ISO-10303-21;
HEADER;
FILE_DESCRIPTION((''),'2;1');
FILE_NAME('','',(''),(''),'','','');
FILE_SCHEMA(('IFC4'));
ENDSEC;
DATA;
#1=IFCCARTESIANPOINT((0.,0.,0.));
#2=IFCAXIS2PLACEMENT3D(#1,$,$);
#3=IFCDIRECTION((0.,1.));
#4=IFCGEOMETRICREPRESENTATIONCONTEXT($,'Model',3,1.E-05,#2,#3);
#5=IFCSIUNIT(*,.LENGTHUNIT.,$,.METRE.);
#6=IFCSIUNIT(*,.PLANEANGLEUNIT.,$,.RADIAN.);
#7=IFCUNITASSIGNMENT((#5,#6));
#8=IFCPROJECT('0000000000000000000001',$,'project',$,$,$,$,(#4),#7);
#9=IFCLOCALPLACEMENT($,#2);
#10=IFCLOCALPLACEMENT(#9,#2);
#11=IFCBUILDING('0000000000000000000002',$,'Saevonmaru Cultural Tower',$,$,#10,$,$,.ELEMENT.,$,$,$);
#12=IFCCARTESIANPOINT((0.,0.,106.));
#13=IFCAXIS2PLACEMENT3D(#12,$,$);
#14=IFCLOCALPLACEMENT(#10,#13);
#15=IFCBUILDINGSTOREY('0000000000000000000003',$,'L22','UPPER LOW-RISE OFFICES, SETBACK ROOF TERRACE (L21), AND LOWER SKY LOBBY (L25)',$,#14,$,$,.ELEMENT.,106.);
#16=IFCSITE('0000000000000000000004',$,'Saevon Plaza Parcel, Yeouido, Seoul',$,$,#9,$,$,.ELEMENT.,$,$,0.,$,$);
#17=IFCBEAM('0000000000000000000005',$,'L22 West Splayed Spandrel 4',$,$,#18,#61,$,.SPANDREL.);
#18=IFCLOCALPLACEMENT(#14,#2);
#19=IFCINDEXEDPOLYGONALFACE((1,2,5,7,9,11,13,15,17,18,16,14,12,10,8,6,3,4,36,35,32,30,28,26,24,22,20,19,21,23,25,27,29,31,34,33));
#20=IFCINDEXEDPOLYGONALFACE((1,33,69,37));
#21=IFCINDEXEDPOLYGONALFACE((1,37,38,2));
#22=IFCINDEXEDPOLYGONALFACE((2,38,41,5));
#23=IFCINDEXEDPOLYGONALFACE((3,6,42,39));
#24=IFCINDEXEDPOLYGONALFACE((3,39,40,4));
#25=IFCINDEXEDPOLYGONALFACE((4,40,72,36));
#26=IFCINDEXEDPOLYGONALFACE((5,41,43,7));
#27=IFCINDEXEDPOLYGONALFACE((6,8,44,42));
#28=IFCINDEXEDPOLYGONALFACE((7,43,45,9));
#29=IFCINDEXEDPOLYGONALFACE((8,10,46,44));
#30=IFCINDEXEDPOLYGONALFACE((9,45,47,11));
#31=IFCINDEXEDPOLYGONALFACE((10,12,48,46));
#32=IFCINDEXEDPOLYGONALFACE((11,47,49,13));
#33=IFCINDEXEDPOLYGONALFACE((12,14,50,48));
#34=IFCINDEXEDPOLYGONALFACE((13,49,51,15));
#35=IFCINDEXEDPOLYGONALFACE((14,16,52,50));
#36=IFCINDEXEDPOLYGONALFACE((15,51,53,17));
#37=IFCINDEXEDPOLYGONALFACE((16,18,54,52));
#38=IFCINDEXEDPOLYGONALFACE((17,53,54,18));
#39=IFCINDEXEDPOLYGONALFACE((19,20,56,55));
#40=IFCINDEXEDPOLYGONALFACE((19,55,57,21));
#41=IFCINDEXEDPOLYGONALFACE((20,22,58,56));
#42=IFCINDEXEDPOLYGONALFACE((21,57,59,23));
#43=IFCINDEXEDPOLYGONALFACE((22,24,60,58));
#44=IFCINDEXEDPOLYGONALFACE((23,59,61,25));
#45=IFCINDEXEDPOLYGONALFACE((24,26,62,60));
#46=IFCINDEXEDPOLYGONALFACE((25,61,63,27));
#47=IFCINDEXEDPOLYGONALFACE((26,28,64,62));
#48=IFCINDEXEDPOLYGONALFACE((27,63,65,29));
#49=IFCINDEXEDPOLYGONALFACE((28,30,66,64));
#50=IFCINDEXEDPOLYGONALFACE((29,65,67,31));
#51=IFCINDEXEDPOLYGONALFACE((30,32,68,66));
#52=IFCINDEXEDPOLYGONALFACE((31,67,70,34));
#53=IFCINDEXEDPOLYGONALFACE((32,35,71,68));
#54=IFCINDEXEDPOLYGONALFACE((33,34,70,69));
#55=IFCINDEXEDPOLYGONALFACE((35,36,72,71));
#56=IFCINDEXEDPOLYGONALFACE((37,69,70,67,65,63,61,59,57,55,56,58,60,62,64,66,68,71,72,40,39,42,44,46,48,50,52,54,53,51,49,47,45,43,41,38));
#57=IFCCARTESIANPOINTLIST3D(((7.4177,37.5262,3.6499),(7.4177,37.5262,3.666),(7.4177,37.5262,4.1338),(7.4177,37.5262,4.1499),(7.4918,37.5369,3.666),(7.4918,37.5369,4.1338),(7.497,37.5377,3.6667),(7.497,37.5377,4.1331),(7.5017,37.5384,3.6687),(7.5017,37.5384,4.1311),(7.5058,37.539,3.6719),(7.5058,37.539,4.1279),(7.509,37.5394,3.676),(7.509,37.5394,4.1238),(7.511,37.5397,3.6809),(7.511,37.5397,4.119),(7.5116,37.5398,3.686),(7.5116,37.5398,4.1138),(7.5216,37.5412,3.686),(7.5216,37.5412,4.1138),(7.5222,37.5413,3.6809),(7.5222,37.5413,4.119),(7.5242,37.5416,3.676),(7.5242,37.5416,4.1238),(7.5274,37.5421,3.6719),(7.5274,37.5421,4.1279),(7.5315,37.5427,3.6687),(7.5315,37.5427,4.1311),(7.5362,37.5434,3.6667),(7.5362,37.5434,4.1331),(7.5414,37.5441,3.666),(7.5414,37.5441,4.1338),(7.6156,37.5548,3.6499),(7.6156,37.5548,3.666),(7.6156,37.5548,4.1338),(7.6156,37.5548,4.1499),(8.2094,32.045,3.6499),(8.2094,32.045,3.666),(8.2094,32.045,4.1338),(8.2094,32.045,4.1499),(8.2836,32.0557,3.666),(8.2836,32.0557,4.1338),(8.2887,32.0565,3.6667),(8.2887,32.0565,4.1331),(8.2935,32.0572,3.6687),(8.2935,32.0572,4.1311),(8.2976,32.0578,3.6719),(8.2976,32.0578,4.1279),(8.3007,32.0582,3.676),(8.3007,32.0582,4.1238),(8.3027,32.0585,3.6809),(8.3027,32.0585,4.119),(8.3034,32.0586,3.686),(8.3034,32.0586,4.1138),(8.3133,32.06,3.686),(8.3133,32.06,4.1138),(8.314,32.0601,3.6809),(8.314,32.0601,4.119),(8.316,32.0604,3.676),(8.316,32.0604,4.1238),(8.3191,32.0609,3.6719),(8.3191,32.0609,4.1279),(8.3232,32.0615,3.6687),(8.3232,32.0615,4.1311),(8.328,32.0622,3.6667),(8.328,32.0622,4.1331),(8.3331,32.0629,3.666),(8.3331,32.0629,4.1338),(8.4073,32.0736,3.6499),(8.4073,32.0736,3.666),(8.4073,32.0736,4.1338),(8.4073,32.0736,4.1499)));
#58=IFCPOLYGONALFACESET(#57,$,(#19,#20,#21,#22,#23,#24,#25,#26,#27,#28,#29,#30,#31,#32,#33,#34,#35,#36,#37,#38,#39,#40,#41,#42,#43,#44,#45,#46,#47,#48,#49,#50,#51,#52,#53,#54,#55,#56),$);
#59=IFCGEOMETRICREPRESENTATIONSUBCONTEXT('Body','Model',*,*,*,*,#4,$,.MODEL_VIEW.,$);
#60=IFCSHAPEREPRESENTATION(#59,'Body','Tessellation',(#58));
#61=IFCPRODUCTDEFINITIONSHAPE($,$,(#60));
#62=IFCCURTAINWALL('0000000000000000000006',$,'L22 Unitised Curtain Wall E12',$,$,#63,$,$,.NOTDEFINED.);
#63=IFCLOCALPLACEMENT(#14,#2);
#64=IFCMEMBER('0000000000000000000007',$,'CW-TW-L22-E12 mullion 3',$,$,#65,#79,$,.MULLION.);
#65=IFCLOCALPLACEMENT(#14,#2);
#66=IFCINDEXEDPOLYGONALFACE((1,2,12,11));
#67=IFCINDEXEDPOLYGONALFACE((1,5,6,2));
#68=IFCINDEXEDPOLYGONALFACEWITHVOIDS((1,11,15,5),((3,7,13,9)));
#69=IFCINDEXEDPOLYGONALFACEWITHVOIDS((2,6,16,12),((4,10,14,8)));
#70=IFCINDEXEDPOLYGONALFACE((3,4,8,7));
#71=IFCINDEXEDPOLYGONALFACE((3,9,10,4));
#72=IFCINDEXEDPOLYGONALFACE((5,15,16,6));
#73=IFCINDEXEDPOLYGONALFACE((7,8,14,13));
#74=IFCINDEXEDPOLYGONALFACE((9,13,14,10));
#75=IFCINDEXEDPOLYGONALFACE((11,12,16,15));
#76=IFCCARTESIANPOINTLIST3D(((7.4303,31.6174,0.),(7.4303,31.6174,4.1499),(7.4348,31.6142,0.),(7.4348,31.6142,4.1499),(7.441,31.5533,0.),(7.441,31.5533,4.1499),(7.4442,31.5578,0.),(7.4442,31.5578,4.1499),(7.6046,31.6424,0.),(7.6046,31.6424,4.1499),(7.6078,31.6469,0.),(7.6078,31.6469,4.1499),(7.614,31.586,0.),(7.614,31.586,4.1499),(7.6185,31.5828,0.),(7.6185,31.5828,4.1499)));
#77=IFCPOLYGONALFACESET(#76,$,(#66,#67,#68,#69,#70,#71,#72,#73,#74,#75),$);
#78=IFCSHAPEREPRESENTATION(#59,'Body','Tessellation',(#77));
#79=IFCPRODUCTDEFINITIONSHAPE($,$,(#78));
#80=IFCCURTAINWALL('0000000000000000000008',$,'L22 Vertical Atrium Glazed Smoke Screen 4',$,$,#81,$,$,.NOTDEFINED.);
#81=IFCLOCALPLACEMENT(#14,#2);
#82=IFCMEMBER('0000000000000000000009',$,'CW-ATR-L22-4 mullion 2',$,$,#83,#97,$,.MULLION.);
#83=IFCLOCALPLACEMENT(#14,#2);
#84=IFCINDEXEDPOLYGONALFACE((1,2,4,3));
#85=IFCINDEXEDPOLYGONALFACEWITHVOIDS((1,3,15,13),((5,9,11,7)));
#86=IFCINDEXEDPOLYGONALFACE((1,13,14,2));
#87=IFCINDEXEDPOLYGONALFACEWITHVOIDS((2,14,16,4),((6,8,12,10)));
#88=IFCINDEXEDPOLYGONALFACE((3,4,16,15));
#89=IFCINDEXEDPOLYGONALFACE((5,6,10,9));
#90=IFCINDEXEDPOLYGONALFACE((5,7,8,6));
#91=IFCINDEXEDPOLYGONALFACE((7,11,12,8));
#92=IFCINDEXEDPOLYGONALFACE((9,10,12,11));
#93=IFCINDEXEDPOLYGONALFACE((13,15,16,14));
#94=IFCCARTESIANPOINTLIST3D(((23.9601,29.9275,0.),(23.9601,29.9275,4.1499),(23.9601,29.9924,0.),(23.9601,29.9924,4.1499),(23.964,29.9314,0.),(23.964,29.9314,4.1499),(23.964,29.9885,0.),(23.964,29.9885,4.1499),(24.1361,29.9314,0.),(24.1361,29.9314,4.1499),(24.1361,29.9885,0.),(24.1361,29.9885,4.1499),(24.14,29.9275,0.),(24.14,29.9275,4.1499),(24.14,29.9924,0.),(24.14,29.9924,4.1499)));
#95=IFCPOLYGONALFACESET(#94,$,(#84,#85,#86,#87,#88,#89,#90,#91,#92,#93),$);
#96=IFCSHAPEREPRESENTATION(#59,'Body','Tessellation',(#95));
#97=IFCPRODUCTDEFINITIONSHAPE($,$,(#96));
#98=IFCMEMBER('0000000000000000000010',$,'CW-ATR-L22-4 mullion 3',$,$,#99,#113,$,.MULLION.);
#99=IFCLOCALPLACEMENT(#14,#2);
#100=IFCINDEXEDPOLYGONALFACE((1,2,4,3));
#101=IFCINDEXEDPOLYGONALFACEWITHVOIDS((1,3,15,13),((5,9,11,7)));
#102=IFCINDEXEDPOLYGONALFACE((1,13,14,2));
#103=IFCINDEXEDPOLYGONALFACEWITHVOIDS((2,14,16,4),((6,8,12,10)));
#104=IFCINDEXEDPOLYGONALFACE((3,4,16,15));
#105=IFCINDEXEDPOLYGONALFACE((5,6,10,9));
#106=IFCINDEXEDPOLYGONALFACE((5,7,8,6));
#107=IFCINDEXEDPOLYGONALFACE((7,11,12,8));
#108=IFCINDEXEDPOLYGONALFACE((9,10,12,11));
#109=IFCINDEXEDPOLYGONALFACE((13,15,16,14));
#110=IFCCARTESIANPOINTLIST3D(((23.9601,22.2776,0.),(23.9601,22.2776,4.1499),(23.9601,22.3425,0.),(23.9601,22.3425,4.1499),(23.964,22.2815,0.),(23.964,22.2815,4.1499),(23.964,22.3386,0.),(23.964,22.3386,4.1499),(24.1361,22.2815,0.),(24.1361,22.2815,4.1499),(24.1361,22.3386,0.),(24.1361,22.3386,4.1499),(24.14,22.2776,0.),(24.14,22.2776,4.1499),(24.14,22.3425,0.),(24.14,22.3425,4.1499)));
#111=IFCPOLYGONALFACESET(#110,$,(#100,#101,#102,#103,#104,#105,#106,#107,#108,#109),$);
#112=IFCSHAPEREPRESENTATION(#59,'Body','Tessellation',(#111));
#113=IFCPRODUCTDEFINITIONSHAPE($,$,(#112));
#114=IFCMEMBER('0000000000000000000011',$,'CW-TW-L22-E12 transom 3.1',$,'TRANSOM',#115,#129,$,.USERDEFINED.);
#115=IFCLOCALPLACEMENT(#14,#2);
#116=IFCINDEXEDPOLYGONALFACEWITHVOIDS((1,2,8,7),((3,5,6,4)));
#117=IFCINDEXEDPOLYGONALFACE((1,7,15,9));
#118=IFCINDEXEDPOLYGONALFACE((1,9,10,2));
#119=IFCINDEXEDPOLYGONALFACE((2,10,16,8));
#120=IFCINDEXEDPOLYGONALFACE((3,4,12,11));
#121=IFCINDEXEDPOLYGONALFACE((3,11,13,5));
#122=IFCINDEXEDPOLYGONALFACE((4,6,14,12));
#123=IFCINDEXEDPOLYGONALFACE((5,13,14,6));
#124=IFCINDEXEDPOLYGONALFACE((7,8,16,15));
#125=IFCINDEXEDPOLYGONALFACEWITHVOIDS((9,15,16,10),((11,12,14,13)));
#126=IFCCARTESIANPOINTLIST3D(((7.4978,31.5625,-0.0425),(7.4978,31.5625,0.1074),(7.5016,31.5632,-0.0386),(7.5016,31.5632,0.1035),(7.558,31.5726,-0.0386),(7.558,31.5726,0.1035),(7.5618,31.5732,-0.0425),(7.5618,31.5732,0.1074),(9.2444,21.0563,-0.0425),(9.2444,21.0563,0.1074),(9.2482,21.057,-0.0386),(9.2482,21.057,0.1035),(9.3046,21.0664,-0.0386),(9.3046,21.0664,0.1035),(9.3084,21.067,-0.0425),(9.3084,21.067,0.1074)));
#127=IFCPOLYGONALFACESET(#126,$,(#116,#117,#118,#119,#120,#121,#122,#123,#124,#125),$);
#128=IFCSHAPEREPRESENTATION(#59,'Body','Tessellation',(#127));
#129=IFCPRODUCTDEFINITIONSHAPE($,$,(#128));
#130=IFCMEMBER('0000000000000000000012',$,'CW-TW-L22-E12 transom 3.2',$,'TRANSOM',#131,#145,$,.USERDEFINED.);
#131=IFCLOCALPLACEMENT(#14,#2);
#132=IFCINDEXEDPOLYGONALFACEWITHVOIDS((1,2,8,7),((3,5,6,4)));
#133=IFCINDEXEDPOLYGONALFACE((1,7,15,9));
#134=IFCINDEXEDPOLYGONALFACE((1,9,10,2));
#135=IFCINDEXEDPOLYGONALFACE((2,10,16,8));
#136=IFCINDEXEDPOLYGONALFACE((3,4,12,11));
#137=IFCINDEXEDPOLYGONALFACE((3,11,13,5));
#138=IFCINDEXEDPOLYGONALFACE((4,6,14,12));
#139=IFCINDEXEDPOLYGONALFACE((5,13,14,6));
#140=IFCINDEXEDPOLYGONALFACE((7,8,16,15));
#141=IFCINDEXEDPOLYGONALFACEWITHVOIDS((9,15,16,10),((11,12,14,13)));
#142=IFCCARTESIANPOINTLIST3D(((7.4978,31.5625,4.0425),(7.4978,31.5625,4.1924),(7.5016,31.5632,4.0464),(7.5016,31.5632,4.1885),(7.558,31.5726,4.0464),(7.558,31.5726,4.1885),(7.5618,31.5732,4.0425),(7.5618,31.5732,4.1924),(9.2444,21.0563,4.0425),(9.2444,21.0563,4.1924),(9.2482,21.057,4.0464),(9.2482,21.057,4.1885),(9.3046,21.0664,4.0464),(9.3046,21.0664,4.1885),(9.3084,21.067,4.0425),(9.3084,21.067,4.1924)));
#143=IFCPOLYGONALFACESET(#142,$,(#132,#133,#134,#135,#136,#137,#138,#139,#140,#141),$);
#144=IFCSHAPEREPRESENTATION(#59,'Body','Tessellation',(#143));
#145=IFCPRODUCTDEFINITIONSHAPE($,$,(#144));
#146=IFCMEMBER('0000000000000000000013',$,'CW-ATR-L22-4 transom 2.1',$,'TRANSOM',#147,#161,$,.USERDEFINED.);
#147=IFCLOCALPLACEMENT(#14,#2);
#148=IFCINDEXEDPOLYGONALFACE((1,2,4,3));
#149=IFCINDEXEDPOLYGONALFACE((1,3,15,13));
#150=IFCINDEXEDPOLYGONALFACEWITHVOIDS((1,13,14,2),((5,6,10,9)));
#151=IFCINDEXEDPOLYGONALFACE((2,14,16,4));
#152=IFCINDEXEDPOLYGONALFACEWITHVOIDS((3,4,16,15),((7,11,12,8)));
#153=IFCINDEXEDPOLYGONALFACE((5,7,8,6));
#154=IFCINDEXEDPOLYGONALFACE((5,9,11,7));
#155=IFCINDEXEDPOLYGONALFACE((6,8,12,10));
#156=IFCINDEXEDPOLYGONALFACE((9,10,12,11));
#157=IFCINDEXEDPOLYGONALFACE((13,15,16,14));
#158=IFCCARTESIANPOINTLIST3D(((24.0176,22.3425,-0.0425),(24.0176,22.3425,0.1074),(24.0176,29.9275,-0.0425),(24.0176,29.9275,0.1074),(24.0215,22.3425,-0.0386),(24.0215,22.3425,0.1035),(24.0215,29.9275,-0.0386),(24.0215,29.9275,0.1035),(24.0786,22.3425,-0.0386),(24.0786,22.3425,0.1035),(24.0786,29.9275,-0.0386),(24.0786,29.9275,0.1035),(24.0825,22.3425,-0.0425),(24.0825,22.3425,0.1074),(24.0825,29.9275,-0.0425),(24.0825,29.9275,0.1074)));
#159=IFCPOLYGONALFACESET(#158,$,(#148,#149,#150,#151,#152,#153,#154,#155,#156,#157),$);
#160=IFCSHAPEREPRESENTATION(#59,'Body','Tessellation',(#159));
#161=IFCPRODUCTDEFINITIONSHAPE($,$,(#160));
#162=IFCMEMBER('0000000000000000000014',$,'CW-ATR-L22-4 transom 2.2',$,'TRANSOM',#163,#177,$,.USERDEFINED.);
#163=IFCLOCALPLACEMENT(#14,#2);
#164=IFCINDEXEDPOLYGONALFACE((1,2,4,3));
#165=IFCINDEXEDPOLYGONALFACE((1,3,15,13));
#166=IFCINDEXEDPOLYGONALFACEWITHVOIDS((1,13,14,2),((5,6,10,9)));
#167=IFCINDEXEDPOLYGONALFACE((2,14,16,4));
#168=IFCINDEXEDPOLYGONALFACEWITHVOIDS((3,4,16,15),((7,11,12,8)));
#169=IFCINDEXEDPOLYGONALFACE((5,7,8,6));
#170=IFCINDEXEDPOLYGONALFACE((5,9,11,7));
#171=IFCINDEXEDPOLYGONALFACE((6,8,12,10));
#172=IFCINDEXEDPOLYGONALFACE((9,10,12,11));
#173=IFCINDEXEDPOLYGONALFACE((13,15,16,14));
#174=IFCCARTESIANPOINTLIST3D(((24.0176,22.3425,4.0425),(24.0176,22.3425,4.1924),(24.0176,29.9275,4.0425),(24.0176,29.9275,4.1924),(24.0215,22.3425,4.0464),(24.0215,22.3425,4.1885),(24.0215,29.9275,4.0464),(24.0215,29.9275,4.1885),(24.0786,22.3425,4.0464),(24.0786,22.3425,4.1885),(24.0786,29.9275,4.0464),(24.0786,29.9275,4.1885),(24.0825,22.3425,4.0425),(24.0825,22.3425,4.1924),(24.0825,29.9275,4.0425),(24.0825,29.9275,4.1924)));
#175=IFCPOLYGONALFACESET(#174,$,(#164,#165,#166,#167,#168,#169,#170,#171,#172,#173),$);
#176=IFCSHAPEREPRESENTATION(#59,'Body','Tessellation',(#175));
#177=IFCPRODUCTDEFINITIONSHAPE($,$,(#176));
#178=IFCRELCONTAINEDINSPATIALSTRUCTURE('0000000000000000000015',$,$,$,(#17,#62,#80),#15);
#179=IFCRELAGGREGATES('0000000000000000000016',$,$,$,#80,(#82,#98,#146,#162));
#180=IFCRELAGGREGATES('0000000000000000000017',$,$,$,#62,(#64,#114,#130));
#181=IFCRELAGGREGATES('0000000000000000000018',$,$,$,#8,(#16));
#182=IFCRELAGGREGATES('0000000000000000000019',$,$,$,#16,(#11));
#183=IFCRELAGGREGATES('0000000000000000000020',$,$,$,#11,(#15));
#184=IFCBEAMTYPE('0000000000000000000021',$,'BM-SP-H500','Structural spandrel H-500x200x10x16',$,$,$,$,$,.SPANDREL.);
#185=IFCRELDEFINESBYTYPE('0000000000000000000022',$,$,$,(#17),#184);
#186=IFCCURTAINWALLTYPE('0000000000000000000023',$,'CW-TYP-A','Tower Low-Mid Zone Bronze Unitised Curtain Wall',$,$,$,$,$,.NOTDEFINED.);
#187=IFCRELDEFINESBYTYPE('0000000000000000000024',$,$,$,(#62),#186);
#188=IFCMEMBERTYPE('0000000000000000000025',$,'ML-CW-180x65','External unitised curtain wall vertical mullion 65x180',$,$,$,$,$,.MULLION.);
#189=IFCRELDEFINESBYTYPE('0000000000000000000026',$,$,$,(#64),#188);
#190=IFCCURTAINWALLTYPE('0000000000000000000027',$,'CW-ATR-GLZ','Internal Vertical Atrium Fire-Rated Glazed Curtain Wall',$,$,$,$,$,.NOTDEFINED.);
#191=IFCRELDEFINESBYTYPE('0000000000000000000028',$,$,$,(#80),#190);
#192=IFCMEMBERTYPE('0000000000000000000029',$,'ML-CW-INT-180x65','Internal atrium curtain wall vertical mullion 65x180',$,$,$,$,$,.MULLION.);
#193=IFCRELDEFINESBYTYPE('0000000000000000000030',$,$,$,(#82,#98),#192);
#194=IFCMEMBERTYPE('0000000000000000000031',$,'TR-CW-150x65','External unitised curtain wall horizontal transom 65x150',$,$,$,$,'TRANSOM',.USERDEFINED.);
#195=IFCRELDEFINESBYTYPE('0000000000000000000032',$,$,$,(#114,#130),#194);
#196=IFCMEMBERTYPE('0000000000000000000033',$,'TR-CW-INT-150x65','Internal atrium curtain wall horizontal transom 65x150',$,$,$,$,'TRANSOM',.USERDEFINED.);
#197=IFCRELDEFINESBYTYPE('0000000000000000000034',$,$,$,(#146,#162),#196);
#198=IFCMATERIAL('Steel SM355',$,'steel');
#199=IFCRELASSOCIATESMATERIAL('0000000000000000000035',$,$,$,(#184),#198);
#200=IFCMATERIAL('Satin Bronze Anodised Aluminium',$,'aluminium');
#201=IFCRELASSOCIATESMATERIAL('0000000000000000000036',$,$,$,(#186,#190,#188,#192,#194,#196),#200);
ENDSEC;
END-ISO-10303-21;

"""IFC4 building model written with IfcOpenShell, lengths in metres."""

from ifc_helpers import new_model, si_unit, direction, frame, origin, origin_2d, place, context, subcontext, project, spatial, hollow_rectangle, i_section, extrude, material, material_profile, profile_set, type_object, element, aggregate, save


model = new_model("IFC4")

# Units and contexts
model_context = context("Model", 3, precision=1e-05, world=origin(), true_north=direction((0.0, 1.0)))
body_context = subcontext(model_context, "Body", "Model", "MODEL_VIEW")
ifc_project = project(units=[si_unit("LENGTHUNIT", "METRE"), si_unit("PLANEANGLEUNIT", "RADIAN")], contexts=[model_context])

# Site, building, storey
site_placement = place(None, origin())
site = spatial("IfcSite", under=ifc_project, at=site_placement, Name="Saevon Plaza Parcel, Yeouido, Seoul", CompositionType="ELEMENT", RefElevation=0.0)
building_placement = place(site_placement, origin())
building = spatial("IfcBuilding", under=site, at=building_placement, Name="Saevonmaru Cultural Tower", CompositionType="ELEMENT")
storey_placement = place(building_placement, frame((0.0, 0.0, 106.0)))
storey = spatial("IfcBuildingStorey", under=building, at=storey_placement, Name="L22", Description="UPPER LOW-RISE OFFICES, SETBACK ROOF TERRACE (L21), AND LOWER SKY LOBBY (L25)", CompositionType="ELEMENT", Elevation=106.0)

# Shared definitions
ifc_material_1 = material(Name="Steel SM355", Category="steel")

# Beam
ifc_material_profile_1 = material_profile(ifc_material_1, i_section(OverallWidth=0.2, OverallDepth=0.5, WebThickness=0.01, FlangeThickness=0.0161, FilletRadius=0.02, at=origin_2d()), Name="H-500x200x10x16")
ifc_profile_set_1 = profile_set([ifc_material_profile_1], Name="Steel SM355")
beam_type_1 = type_object("IfcBeamType", Name="BM-SP-H500", Description="Structural spandrel H-500x200x10x16", PredefinedType="SPANDREL", material=ifc_profile_set_1)
beam_1_placement = place(storey_placement, frame((8.3083, 32.0593, 3.8999), z_axis=(-0.142964, 0.989728, 0.0), x_axis=(-0.989728, -0.142964, 0.0)))
element("IfcBeam", 1, at=beam_1_placement, inside=storey, type_object=beam_type_1, Name="L22 West Splayed Spandrel 4", PredefinedType="SPANDREL", context=body_context, shape_type="SweptSolid", body=[
    extrude(i_section(OverallWidth=0.2, OverallDepth=0.5, WebThickness=0.01, FlangeThickness=0.0161, FilletRadius=0.02, at=origin_2d()), origin(), (0.0, 0.0, 1.0), 5.5381),
])

# Curtain wall, member
ifc_material_2 = material(Name="Satin Bronze Anodised Aluminium", Category="aluminium")
curtain_wall_type_1 = type_object("IfcCurtainWallType", Name="CW-TYP-A", Description="Tower Low-Mid Zone Bronze Unitised Curtain Wall", PredefinedType="NOTDEFINED", material=ifc_material_2)
curtain_wall_1_placement = place(storey_placement, origin())
curtain_wall_1 = element("IfcCurtainWall", 2, at=curtain_wall_1_placement, inside=storey, type_object=curtain_wall_type_1, Name="L22 Unitised Curtain Wall E12", PredefinedType="NOTDEFINED")
ifc_material_profile_2 = material_profile(ifc_material_2, hollow_rectangle(XDim=0.0649, YDim=0.1799, WallThickness=0.0039, at=origin_2d()), Name="ALU-MULL-180x65x4")
ifc_profile_set_2 = profile_set([ifc_material_profile_2], Name="Satin Bronze Anodised Aluminium")
member_type_1 = type_object("IfcMemberType", Name="ML-CW-180x65", Description="External unitised curtain wall vertical mullion 65x180", PredefinedType="MULLION", material=ifc_profile_set_2)
member_1_placement = place(storey_placement, frame((7.5244, 31.6001, 0.0), z_axis=(0.0, 0.0, 1.0), x_axis=(0.163999, -0.986461, 0.0)))
member_1 = element("IfcMember", 3, at=member_1_placement, type_object=member_type_1, Name="CW-TW-L22-E12 mullion 3", PredefinedType="MULLION", context=body_context, shape_type="SweptSolid", body=[
    extrude(hollow_rectangle(XDim=0.0649, YDim=0.1799, WallThickness=0.0039, at=origin_2d()), origin(), (0.0, 0.0, 1.0), 4.1499),
])

# Curtain wall, members
curtain_wall_type_2 = type_object("IfcCurtainWallType", Name="CW-ATR-GLZ", Description="Internal Vertical Atrium Fire-Rated Glazed Curtain Wall", PredefinedType="NOTDEFINED", material=ifc_material_2)
curtain_wall_2_placement = place(storey_placement, origin())
curtain_wall_2 = element("IfcCurtainWall", 4, at=curtain_wall_2_placement, inside=storey, type_object=curtain_wall_type_2, Name="L22 Vertical Atrium Glazed Smoke Screen 4", PredefinedType="NOTDEFINED")
ifc_material_profile_3 = material_profile(ifc_material_2, hollow_rectangle(XDim=0.0649, YDim=0.1799, WallThickness=0.0039, at=origin_2d()), Name="ALU-MULL-180x65x4")
ifc_profile_set_3 = profile_set([ifc_material_profile_3], Name="Satin Bronze Anodised Aluminium")
member_type_2 = type_object("IfcMemberType", Name="ML-CW-INT-180x65", Description="Internal atrium curtain wall vertical mullion 65x180", PredefinedType="MULLION", material=ifc_profile_set_3)
member_2_placement = place(storey_placement, frame((24.05, 29.96, 0.0), z_axis=(0.0, 0.0, 1.0), x_axis=(0.0, -1.0, 0.0)))
member_2 = element("IfcMember", 5, at=member_2_placement, type_object=member_type_2, Name="CW-ATR-L22-4 mullion 2", PredefinedType="MULLION", context=body_context, shape_type="SweptSolid", body=[
    extrude(hollow_rectangle(XDim=0.0649, YDim=0.1799, WallThickness=0.0039, at=origin_2d()), origin(), (0.0, 0.0, 1.0), 4.1499),
])
member_3_placement = place(storey_placement, frame((24.05, 22.3101, 0.0), z_axis=(0.0, 0.0, 1.0), x_axis=(0.0, -1.0, 0.0)))
member_3 = element("IfcMember", 6, at=member_3_placement, type_object=member_type_2, Name="CW-ATR-L22-4 mullion 3", PredefinedType="MULLION", context=body_context, shape_type="SweptSolid", body=[
    extrude(hollow_rectangle(XDim=0.0649, YDim=0.1799, WallThickness=0.0039, at=origin_2d()), origin(), (0.0, 0.0, 1.0), 4.1499),
])

# Members
ifc_material_profile_4 = material_profile(ifc_material_2, hollow_rectangle(XDim=0.0649, YDim=0.1499, WallThickness=0.0039, at=origin_2d()), Name="ALU-TRAN-150x65x4")
ifc_profile_set_4 = profile_set([ifc_material_profile_4], Name="Satin Bronze Anodised Aluminium")
member_type_3 = type_object("IfcMemberType", Name="TR-CW-150x65", Description="External unitised curtain wall horizontal transom 65x150", ElementType="TRANSOM", PredefinedType="USERDEFINED", material=ifc_profile_set_4)
member_4_placement = place(storey_placement, frame((7.5298, 31.5679, 0.0325), z_axis=(0.163994, -0.986461, 0.0), x_axis=(0.986461, 0.163994, 0.0)))
member_4 = element("IfcMember", 7, at=member_4_placement, type_object=member_type_3, Name="CW-TW-L22-E12 transom 3.1", ObjectType="TRANSOM", PredefinedType="USERDEFINED", context=body_context, shape_type="SweptSolid", body=[
    extrude(hollow_rectangle(XDim=0.0649, YDim=0.1499, WallThickness=0.0039, at=origin_2d()), origin(), (0.0, 0.0, 1.0), 10.6504),
])
member_5_placement = place(storey_placement, frame((7.5298, 31.5679, 4.1174), z_axis=(0.163994, -0.986461, 0.0), x_axis=(0.986461, 0.163994, 0.0)))
member_5 = element("IfcMember", 8, at=member_5_placement, type_object=member_type_3, Name="CW-TW-L22-E12 transom 3.2", ObjectType="TRANSOM", PredefinedType="USERDEFINED", context=body_context, shape_type="SweptSolid", body=[
    extrude(hollow_rectangle(XDim=0.0649, YDim=0.1499, WallThickness=0.0039, at=origin_2d()), origin(), (0.0, 0.0, 1.0), 10.6504),
])
ifc_material_profile_5 = material_profile(ifc_material_2, hollow_rectangle(XDim=0.0649, YDim=0.1499, WallThickness=0.0039, at=origin_2d()), Name="ALU-TRAN-150x65x4")
ifc_profile_set_5 = profile_set([ifc_material_profile_5], Name="Satin Bronze Anodised Aluminium")
member_type_4 = type_object("IfcMemberType", Name="TR-CW-INT-150x65", Description="Internal atrium curtain wall horizontal transom 65x150", ElementType="TRANSOM", PredefinedType="USERDEFINED", material=ifc_profile_set_5)
member_6_placement = place(storey_placement, frame((24.05, 29.9275, 0.0325), z_axis=(0.0, -1.0, 0.0), x_axis=(1.0, 0.0, 0.0)))
member_6 = element("IfcMember", 9, at=member_6_placement, type_object=member_type_4, Name="CW-ATR-L22-4 transom 2.1", ObjectType="TRANSOM", PredefinedType="USERDEFINED", context=body_context, shape_type="SweptSolid", body=[
    extrude(hollow_rectangle(XDim=0.0649, YDim=0.1499, WallThickness=0.0039, at=origin_2d()), origin(), (0.0, 0.0, 1.0), 7.585),
])
member_7_placement = place(storey_placement, frame((24.05, 29.9275, 4.1174), z_axis=(0.0, -1.0, 0.0), x_axis=(1.0, 0.0, 0.0)))
member_7 = element("IfcMember", 10, at=member_7_placement, type_object=member_type_4, Name="CW-ATR-L22-4 transom 2.2", ObjectType="TRANSOM", PredefinedType="USERDEFINED", context=body_context, shape_type="SweptSolid", body=[
    extrude(hollow_rectangle(XDim=0.0649, YDim=0.1499, WallThickness=0.0039, at=origin_2d()), origin(), (0.0, 0.0, 1.0), 7.585),
])

aggregate(curtain_wall_2, [member_2, member_3, member_6, member_7])
aggregate(curtain_wall_1, [member_1, member_4, member_5])

save(model, "model.ifc")
